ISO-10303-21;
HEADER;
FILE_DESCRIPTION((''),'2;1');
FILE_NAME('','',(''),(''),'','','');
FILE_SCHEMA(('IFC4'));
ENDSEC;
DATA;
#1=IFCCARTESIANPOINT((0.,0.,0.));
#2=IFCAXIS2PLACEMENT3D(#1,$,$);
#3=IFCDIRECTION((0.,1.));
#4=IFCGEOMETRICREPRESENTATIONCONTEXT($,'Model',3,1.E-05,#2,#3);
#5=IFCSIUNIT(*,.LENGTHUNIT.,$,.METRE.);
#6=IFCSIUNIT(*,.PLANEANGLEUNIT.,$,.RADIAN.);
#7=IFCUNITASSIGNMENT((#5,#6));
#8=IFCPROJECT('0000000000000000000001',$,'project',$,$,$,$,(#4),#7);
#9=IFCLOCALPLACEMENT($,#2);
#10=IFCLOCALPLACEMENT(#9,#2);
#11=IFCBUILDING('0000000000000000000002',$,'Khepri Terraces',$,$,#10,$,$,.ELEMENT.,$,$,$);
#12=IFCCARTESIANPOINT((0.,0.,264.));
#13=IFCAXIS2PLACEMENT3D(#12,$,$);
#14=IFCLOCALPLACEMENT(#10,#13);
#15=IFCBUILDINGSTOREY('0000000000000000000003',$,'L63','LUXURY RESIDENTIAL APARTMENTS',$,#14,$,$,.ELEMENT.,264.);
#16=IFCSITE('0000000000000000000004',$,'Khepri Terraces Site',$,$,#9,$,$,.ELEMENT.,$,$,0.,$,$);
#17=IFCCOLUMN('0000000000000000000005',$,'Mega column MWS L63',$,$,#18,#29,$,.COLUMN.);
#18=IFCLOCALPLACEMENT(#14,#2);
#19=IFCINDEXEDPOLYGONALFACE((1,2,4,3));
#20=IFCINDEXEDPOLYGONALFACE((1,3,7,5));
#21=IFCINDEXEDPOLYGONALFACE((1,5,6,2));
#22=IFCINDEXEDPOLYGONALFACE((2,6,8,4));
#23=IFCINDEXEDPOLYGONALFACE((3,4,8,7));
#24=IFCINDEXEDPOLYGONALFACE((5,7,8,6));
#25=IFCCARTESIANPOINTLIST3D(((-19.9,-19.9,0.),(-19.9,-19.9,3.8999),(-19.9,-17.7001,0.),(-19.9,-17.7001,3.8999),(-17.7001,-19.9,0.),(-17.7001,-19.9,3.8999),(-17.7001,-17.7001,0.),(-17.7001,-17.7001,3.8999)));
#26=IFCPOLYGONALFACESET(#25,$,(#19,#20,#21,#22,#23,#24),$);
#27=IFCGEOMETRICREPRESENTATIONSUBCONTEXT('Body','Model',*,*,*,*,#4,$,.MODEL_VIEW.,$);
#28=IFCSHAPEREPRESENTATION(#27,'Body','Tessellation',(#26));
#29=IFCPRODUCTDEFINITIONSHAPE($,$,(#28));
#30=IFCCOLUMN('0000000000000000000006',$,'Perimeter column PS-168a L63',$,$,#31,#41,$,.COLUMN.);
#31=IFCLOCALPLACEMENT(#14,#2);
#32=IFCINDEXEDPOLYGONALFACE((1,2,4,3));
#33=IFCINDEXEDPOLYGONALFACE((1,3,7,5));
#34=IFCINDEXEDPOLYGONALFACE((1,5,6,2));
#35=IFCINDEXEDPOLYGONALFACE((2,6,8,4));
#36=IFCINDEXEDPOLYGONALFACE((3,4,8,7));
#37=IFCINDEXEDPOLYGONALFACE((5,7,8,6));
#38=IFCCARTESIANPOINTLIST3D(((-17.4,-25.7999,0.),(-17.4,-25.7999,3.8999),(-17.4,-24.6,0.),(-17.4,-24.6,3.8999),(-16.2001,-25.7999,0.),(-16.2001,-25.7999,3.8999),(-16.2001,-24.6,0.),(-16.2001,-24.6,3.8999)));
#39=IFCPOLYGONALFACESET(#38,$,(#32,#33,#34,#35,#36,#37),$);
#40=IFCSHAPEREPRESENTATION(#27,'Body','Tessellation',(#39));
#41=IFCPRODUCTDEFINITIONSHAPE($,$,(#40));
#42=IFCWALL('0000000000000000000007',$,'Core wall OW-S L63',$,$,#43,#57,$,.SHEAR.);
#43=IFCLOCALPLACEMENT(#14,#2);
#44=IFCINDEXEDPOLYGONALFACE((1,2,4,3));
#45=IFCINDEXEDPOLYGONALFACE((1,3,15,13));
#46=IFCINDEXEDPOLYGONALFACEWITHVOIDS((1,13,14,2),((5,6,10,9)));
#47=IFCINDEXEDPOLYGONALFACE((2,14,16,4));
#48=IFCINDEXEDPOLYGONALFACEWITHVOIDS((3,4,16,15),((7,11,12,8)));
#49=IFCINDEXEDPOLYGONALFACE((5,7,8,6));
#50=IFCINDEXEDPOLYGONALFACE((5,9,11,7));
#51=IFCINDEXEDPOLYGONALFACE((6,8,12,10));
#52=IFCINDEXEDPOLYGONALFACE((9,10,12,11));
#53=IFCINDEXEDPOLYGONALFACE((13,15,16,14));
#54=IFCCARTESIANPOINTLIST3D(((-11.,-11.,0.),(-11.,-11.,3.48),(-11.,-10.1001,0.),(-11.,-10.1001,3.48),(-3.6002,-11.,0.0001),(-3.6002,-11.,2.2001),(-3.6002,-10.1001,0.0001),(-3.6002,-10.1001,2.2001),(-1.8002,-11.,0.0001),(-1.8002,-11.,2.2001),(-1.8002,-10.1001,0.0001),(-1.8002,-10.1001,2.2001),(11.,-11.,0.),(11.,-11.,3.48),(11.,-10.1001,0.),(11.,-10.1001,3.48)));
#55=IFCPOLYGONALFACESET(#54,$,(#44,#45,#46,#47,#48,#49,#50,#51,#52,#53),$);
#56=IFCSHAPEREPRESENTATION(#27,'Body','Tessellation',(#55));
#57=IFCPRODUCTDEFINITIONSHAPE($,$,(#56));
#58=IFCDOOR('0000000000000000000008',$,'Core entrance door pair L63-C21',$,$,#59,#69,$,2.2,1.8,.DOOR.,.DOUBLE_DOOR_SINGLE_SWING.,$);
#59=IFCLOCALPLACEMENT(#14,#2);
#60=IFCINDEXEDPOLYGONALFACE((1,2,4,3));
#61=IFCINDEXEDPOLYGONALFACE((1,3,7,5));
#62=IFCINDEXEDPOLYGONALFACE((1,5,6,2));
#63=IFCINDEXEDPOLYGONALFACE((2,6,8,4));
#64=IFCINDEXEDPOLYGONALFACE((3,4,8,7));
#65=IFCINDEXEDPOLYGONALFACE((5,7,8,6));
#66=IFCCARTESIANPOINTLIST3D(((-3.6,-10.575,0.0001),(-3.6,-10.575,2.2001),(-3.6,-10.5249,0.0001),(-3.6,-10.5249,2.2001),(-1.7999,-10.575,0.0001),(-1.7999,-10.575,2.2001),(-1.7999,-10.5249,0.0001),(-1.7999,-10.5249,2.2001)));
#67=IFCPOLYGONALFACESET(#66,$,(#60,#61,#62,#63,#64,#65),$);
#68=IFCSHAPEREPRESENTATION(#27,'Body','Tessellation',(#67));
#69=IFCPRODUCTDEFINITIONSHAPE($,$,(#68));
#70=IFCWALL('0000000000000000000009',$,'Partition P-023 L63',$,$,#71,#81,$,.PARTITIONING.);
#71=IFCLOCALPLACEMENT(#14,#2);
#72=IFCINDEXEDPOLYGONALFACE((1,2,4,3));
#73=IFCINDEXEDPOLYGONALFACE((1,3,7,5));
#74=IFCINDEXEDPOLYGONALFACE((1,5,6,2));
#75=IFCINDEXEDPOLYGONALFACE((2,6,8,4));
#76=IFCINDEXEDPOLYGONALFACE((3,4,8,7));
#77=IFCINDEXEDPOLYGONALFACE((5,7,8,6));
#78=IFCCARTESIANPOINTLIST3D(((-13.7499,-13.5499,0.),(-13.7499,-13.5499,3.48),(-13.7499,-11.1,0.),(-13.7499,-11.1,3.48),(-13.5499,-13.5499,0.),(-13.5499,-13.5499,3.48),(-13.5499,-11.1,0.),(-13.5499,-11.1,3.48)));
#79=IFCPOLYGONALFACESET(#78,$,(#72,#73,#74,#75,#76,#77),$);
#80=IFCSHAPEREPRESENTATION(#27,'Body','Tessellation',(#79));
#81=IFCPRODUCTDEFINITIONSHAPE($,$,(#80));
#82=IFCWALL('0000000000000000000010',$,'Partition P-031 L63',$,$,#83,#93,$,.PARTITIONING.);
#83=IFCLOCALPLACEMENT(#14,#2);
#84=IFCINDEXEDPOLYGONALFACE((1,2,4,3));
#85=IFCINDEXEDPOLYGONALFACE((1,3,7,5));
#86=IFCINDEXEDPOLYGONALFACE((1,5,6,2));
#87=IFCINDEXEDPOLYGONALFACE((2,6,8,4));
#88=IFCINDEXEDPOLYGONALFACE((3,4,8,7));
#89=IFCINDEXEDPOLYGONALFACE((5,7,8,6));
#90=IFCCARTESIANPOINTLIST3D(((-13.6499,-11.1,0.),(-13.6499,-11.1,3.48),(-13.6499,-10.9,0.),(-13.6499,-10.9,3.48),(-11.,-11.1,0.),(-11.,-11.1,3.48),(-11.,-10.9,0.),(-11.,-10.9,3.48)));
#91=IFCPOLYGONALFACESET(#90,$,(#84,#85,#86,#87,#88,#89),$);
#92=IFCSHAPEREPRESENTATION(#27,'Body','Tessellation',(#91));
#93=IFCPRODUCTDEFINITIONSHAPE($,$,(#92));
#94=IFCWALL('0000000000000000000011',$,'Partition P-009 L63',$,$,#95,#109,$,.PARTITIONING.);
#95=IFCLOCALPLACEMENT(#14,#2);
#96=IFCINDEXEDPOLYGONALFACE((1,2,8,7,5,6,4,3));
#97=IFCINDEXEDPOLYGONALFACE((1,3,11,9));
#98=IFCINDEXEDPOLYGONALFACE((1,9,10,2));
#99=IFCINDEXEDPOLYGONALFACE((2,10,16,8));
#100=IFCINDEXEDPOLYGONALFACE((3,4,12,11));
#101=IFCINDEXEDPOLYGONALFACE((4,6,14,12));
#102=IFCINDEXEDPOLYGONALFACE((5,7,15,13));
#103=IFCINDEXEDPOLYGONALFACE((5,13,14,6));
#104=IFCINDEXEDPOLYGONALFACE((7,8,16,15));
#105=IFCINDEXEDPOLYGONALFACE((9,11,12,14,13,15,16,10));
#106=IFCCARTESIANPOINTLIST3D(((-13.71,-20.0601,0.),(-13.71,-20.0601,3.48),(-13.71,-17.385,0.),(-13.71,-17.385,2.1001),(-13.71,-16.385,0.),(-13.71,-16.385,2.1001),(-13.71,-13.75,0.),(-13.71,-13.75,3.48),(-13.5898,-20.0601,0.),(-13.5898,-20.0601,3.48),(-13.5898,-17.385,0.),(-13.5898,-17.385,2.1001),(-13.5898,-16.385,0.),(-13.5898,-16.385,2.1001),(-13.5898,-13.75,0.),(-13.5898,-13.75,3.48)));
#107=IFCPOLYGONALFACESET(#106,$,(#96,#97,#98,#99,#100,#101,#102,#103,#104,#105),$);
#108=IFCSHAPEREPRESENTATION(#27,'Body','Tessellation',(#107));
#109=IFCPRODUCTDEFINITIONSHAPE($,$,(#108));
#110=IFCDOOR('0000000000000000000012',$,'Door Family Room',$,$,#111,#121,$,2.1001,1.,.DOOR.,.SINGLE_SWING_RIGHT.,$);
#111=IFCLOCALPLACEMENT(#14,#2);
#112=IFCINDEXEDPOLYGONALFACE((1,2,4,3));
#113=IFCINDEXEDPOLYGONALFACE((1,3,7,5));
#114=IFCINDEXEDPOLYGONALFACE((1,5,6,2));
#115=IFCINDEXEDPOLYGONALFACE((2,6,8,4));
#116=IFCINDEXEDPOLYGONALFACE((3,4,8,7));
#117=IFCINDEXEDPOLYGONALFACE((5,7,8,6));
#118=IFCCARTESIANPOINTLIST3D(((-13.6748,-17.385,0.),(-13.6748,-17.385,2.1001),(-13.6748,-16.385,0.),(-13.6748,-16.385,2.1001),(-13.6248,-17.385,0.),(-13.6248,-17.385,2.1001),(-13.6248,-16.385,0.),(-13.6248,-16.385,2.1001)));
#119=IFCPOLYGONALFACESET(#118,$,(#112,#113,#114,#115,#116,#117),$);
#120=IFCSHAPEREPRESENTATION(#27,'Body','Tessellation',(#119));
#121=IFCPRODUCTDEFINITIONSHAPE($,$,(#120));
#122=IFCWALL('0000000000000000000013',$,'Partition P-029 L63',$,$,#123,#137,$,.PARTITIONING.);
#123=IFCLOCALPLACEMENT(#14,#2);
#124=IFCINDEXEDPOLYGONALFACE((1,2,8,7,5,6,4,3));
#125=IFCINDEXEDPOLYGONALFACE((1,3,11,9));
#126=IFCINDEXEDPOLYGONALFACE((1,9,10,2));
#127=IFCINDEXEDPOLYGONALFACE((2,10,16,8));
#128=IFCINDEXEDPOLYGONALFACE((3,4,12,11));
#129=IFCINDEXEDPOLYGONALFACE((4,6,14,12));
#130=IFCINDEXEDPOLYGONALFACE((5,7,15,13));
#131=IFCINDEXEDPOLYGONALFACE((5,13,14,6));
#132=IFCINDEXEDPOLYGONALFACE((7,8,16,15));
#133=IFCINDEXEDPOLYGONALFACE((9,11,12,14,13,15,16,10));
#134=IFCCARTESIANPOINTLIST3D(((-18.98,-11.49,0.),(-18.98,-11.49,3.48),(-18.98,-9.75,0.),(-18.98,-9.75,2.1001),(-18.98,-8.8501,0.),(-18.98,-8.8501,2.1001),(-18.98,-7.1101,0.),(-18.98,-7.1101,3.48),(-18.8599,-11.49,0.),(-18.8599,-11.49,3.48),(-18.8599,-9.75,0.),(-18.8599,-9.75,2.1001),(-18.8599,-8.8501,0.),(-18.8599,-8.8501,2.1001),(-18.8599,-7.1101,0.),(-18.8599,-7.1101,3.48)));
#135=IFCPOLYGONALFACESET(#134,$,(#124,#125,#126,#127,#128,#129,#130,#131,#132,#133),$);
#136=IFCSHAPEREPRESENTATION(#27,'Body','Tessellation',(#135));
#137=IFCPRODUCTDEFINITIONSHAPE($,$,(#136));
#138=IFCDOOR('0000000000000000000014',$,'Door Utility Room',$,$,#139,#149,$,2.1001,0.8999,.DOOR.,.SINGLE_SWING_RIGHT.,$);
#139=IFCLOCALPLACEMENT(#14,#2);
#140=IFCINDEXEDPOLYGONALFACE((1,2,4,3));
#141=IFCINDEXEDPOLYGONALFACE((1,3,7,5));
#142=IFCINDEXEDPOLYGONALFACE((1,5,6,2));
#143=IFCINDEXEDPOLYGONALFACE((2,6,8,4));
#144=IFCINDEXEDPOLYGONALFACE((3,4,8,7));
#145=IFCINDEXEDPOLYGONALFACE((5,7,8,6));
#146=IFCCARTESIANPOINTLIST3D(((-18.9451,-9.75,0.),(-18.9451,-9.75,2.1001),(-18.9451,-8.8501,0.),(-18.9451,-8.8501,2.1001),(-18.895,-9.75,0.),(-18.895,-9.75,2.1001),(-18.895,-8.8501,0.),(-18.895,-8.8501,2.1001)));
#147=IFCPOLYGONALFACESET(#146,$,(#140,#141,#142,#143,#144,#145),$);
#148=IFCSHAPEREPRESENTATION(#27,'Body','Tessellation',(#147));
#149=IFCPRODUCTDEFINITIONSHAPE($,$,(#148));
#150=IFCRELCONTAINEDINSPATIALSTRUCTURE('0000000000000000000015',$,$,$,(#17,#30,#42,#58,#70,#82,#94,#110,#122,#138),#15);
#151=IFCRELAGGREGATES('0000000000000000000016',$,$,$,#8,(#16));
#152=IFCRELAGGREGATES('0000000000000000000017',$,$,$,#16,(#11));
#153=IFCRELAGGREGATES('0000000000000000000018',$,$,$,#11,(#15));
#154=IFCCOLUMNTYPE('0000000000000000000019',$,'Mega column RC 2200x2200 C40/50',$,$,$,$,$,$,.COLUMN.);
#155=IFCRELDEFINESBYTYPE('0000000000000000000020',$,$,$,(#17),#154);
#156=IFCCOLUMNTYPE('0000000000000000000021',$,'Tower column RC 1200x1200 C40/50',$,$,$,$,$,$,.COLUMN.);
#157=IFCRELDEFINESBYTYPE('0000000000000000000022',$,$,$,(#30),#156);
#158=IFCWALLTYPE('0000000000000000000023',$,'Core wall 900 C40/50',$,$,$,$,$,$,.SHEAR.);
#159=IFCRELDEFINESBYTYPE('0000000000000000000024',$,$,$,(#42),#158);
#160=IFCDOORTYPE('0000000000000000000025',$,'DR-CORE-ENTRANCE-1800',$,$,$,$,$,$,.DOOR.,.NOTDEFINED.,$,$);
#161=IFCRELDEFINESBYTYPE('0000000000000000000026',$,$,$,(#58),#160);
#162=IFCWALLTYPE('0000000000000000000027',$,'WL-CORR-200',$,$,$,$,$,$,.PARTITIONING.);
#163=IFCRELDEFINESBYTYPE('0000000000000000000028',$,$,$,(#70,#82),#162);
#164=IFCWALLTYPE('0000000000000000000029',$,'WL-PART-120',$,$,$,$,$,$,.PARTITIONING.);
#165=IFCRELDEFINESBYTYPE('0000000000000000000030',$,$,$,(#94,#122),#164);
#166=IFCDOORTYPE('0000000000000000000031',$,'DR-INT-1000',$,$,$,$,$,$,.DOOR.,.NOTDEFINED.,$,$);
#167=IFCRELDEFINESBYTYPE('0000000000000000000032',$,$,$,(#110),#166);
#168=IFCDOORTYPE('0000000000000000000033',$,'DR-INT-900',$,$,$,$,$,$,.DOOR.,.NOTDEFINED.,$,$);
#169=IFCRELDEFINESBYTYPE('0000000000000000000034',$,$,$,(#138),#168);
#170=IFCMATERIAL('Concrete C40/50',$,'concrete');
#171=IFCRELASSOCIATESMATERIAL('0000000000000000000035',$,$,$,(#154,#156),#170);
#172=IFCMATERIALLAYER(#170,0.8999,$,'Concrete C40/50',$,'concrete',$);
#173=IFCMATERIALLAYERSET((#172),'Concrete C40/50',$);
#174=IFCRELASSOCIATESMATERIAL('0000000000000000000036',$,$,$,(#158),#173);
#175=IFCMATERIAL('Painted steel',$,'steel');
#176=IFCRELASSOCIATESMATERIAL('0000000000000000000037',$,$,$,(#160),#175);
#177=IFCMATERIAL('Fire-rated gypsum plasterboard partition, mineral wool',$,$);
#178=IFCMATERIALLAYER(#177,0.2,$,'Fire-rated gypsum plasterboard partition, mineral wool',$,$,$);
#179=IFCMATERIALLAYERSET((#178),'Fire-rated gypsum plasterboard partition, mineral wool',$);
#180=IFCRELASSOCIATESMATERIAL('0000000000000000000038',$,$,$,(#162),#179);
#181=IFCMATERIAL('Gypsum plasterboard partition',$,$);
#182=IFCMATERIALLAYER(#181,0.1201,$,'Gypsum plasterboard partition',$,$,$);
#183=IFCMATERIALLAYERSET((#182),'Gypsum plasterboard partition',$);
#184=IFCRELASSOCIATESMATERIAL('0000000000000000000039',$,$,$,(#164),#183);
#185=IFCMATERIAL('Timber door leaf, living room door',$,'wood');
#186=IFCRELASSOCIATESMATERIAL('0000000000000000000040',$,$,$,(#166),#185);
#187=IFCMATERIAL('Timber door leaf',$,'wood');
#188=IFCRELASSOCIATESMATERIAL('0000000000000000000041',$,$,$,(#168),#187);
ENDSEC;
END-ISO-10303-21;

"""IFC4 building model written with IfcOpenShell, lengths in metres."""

from ifc_helpers import new_model, si_unit, direction, frame, frame_2d, origin, origin_2d, place, context, subcontext, project, spatial, rectangle, extrude, material, layer, layer_set, material_profile, profile_set, type_object, element, fill, save


model = new_model("IFC4")

# Units and contexts
model_context = context("Model", 3, precision=1e-05, world=origin(), true_north=direction((0.0, 1.0)))
body_context = subcontext(model_context, "Body", "Model", "MODEL_VIEW")
ifc_project = project(units=[si_unit("LENGTHUNIT", "METRE"), si_unit("PLANEANGLEUNIT", "RADIAN")], contexts=[model_context])

# Site, building, storey
site_placement = place(None, origin())
site = spatial("IfcSite", under=ifc_project, at=site_placement, Name="Khepri Terraces Site", CompositionType="ELEMENT", RefElevation=0.0)
building_placement = place(site_placement, origin())
building = spatial("IfcBuilding", under=site, at=building_placement, Name="Khepri Terraces", CompositionType="ELEMENT")
storey_placement = place(building_placement, frame((0.0, 0.0, 264.0)))
storey = spatial("IfcBuildingStorey", under=building, at=storey_placement, Name="L63", Description="LUXURY RESIDENTIAL APARTMENTS", CompositionType="ELEMENT", Elevation=264.0)

# Columns
ifc_material_1 = material(Name="Concrete C40/50", Category="concrete")
ifc_material_profile_1 = material_profile(ifc_material_1, rectangle(XDim=2.2, YDim=2.2, at=origin_2d()), Name="Concrete C40/50", Category="concrete")
ifc_profile_set_1 = profile_set([ifc_material_profile_1], Name="Concrete C40/50")
column_type_1 = type_object("IfcColumnType", Name="Mega column RC 2200x2200 C40/50", PredefinedType="COLUMN", material=ifc_profile_set_1)
column_1_placement = place(storey_placement, frame((-18.8, -18.8, 0.0), z_axis=(0.0, 0.0, 1.0), x_axis=(1.0, 0.0, 0.0)))
element("IfcColumn", 1, at=column_1_placement, inside=storey, type_object=column_type_1, Name="Mega column MWS L63", PredefinedType="COLUMN", context=body_context, shape_type="SweptSolid", body=[
    extrude(rectangle(XDim=2.2, YDim=2.2, at=origin_2d()), origin(), (0.0, 0.0, 1.0), 3.8999),
])
ifc_material_profile_2 = material_profile(ifc_material_1, rectangle(XDim=1.2, YDim=1.2, at=origin_2d()), Name="Concrete C40/50", Category="concrete")
ifc_profile_set_2 = profile_set([ifc_material_profile_2], Name="Concrete C40/50")
column_type_2 = type_object("IfcColumnType", Name="Tower column RC 1200x1200 C40/50", PredefinedType="COLUMN", material=ifc_profile_set_2)
column_2_placement = place(storey_placement, frame((-16.8, -25.2, 0.0), z_axis=(0.0, 0.0, 1.0), x_axis=(1.0, 0.0, 0.0)))
element("IfcColumn", 2, at=column_2_placement, inside=storey, type_object=column_type_2, Name="Perimeter column PS-168a L63", PredefinedType="COLUMN", context=body_context, shape_type="SweptSolid", body=[
    extrude(rectangle(XDim=1.2, YDim=1.2, at=origin_2d()), origin(), (0.0, 0.0, 1.0), 3.8999),
])

# Wall, opening, door
ifc_layer_1 = layer(ifc_material_1, 0.8999, Name="Concrete C40/50", Category="concrete")
ifc_layer_set_1 = layer_set([ifc_layer_1], Name="Concrete C40/50")
wall_type_1 = type_object("IfcWallType", Name="Core wall 900 C40/50", PredefinedType="SHEAR", material=ifc_layer_set_1)
wall_1_placement = place(storey_placement, frame((-11.0, -10.55, 0.0), z_axis=(0.0, 0.0, 1.0), x_axis=(1.0, 0.0, 0.0)))
wall_1 = element("IfcWall", 3, at=wall_1_placement, inside=storey, type_object=wall_type_1, Name="Core wall OW-S L63", PredefinedType="SHEAR", context=body_context, shape_type="SweptSolid", body=[
    extrude(rectangle(XDim=22.0, YDim=0.8999, at=frame_2d((11.0, 0.0))), origin(), (0.0, 0.0, 1.0), 3.48),
])
opening_1_placement = place(wall_1_placement, frame((7.3999, 0.0, 0.0)))
opening_1 = element("IfcOpeningElement", 4, at=opening_1_placement, cuts=wall_1, PredefinedType="OPENING", context=body_context, shape_type="SweptSolid", body=[
    extrude(rectangle(XDim=1.8, YDim=2.2, at=frame_2d((0.8999, 1.1001))), frame((0.0, 0.46, 0.0), z_axis=(0.0, -1.0, 0.0), x_axis=(1.0, 0.0, 0.0)), (0.0, 0.0, 1.0), 0.9199),
])
ifc_material_2 = material(Name="Painted steel", Category="steel")
door_type_1 = type_object("IfcDoorType", Name="DR-CORE-ENTRANCE-1800", OperationType="NOTDEFINED", PredefinedType="DOOR", material=ifc_material_2)
door_1_placement = place(opening_1_placement, frame((1.8, 0.0, 0.0), z_axis=(0.0, 0.0, 1.0), x_axis=(-1.0, 0.0, 0.0)))
door_1 = element("IfcDoor", 5, at=door_1_placement, inside=storey, type_object=door_type_1, Name="Core entrance door pair L63-C21", OperationType="DOUBLE_DOOR_SINGLE_SWING", OverallHeight=2.2, OverallWidth=1.8, PredefinedType="DOOR", context=body_context, shape_type="SweptSolid", body=[
    extrude(rectangle(XDim=1.8, YDim=2.2, at=frame_2d((0.8999, 1.1001))), frame((0.0, 0.0249, 0.0), z_axis=(0.0, -1.0, 0.0), x_axis=(1.0, 0.0, 0.0)), (0.0, 0.0, 1.0), 0.05),
])
fill(opening_1, door_1)

# Walls
ifc_material_3 = material(Name="Fire-rated gypsum plasterboard partition, mineral wool")
ifc_layer_2 = layer(ifc_material_3, 0.2, Name="Fire-rated gypsum plasterboard partition, mineral wool")
ifc_layer_set_2 = layer_set([ifc_layer_2], Name="Fire-rated gypsum plasterboard partition, mineral wool")
wall_type_2 = type_object("IfcWallType", Name="WL-CORR-200", PredefinedType="PARTITIONING", material=ifc_layer_set_2)
wall_2_placement = place(storey_placement, frame((-13.6499, -13.55, 0.0), z_axis=(0.0, 0.0, 1.0), x_axis=(0.0, 1.0, 0.0)))
element("IfcWall", 6, at=wall_2_placement, inside=storey, type_object=wall_type_2, Name="Partition P-023 L63", PredefinedType="PARTITIONING", context=body_context, shape_type="SweptSolid", body=[
    extrude(rectangle(XDim=2.45, YDim=0.2, at=frame_2d((1.2251, 0.0))), origin(), (0.0, 0.0, 1.0), 3.48),
])
wall_3_placement = place(storey_placement, frame((-13.6499, -11.0, 0.0), z_axis=(0.0, 0.0, 1.0), x_axis=(1.0, 0.0, 0.0)))
element("IfcWall", 7, at=wall_3_placement, inside=storey, type_object=wall_type_2, Name="Partition P-031 L63", PredefinedType="PARTITIONING", context=body_context, shape_type="SweptSolid", body=[
    extrude(rectangle(XDim=2.6499, YDim=0.2, at=frame_2d((1.325, 0.0))), origin(), (0.0, 0.0, 1.0), 3.48),
])

# Walls, openings, doors
ifc_material_4 = material(Name="Gypsum plasterboard partition")
ifc_layer_3 = layer(ifc_material_4, 0.1201, Name="Gypsum plasterboard partition")
ifc_layer_set_3 = layer_set([ifc_layer_3], Name="Gypsum plasterboard partition")
wall_type_3 = type_object("IfcWallType", Name="WL-PART-120", PredefinedType="PARTITIONING", material=ifc_layer_set_3)
wall_4_placement = place(storey_placement, frame((-13.6499, -20.0601, 0.0), z_axis=(0.0, 0.0, 1.0), x_axis=(0.0, 1.0, 0.0)))
wall_4 = element("IfcWall", 8, at=wall_4_placement, inside=storey, type_object=wall_type_3, Name="Partition P-009 L63", PredefinedType="PARTITIONING", context=body_context, shape_type="SweptSolid", body=[
    extrude(rectangle(XDim=6.3101, YDim=0.1201, at=frame_2d((3.155, 0.0))), origin(), (0.0, 0.0, 1.0), 3.48),
])
opening_2_placement = place(wall_4_placement, frame((2.675, 0.0, 0.0)))
opening_2 = element("IfcOpeningElement", 9, at=opening_2_placement, cuts=wall_4, PredefinedType="OPENING", context=body_context, shape_type="SweptSolid", body=[
    extrude(rectangle(XDim=1.0, YDim=2.1001, at=frame_2d((0.5, 1.05))), frame((0.0, 0.0701, 0.0), z_axis=(0.0, -1.0, 0.0), x_axis=(1.0, 0.0, 0.0)), (0.0, 0.0, 1.0), 0.1401),
])
ifc_material_5 = material(Name="Timber door leaf, living room door", Category="wood")
door_type_2 = type_object("IfcDoorType", Name="DR-INT-1000", OperationType="NOTDEFINED", PredefinedType="DOOR", material=ifc_material_5)
door_2_placement = place(opening_2_placement, origin())
door_2 = element("IfcDoor", 10, at=door_2_placement, inside=storey, type_object=door_type_2, Name="Door Family Room", OperationType="SINGLE_SWING_RIGHT", OverallHeight=2.1001, OverallWidth=1.0, PredefinedType="DOOR", context=body_context, shape_type="SweptSolid", body=[
    extrude(rectangle(XDim=1.0, YDim=2.1001, at=frame_2d((0.5, 1.05))), frame((0.0, 0.0249, 0.0), z_axis=(0.0, -1.0, 0.0), x_axis=(1.0, 0.0, 0.0)), (0.0, 0.0, 1.0), 0.05),
])
fill(opening_2, door_2)
wall_5_placement = place(storey_placement, frame((-18.9199, -11.49, 0.0), z_axis=(0.0, 0.0, 1.0), x_axis=(0.0, 1.0, 0.0)))
wall_5 = element("IfcWall", 11, at=wall_5_placement, inside=storey, type_object=wall_type_3, Name="Partition P-029 L63", PredefinedType="PARTITIONING", context=body_context, shape_type="SweptSolid", body=[
    extrude(rectangle(XDim=4.3799, YDim=0.1201, at=frame_2d((2.1899, 0.0))), origin(), (0.0, 0.0, 1.0), 3.48),
])
opening_3_placement = place(wall_5_placement, frame((1.74, 0.0, 0.0)))
opening_3 = element("IfcOpeningElement", 12, at=opening_3_placement, cuts=wall_5, PredefinedType="OPENING", context=body_context, shape_type="SweptSolid", body=[
    extrude(rectangle(XDim=0.8999, YDim=2.1001, at=frame_2d((0.45, 1.05))), frame((0.0, 0.0701, 0.0), z_axis=(0.0, -1.0, 0.0), x_axis=(1.0, 0.0, 0.0)), (0.0, 0.0, 1.0), 0.1401),
])
ifc_material_6 = material(Name="Timber door leaf", Category="wood")
door_type_3 = type_object("IfcDoorType", Name="DR-INT-900", OperationType="NOTDEFINED", PredefinedType="DOOR", material=ifc_material_6)
door_3_placement = place(opening_3_placement, frame((0.8999, 0.0, 0.0), z_axis=(0.0, 0.0, 1.0), x_axis=(-1.0, 0.0, 0.0)))
door_3 = element("IfcDoor", 13, at=door_3_placement, inside=storey, type_object=door_type_3, Name="Door Utility Room", OperationType="SINGLE_SWING_RIGHT", OverallHeight=2.1001, OverallWidth=0.8999, PredefinedType="DOOR", context=body_context, shape_type="SweptSolid", body=[
    extrude(rectangle(XDim=0.8999, YDim=2.1001, at=frame_2d((0.45, 1.05))), frame((0.0, 0.0249, 0.0), z_axis=(0.0, -1.0, 0.0), x_axis=(1.0, 0.0, 0.0)), (0.0, 0.0, 1.0), 0.05),
])
fill(opening_3, door_3)

save(model, "model.ifc")
